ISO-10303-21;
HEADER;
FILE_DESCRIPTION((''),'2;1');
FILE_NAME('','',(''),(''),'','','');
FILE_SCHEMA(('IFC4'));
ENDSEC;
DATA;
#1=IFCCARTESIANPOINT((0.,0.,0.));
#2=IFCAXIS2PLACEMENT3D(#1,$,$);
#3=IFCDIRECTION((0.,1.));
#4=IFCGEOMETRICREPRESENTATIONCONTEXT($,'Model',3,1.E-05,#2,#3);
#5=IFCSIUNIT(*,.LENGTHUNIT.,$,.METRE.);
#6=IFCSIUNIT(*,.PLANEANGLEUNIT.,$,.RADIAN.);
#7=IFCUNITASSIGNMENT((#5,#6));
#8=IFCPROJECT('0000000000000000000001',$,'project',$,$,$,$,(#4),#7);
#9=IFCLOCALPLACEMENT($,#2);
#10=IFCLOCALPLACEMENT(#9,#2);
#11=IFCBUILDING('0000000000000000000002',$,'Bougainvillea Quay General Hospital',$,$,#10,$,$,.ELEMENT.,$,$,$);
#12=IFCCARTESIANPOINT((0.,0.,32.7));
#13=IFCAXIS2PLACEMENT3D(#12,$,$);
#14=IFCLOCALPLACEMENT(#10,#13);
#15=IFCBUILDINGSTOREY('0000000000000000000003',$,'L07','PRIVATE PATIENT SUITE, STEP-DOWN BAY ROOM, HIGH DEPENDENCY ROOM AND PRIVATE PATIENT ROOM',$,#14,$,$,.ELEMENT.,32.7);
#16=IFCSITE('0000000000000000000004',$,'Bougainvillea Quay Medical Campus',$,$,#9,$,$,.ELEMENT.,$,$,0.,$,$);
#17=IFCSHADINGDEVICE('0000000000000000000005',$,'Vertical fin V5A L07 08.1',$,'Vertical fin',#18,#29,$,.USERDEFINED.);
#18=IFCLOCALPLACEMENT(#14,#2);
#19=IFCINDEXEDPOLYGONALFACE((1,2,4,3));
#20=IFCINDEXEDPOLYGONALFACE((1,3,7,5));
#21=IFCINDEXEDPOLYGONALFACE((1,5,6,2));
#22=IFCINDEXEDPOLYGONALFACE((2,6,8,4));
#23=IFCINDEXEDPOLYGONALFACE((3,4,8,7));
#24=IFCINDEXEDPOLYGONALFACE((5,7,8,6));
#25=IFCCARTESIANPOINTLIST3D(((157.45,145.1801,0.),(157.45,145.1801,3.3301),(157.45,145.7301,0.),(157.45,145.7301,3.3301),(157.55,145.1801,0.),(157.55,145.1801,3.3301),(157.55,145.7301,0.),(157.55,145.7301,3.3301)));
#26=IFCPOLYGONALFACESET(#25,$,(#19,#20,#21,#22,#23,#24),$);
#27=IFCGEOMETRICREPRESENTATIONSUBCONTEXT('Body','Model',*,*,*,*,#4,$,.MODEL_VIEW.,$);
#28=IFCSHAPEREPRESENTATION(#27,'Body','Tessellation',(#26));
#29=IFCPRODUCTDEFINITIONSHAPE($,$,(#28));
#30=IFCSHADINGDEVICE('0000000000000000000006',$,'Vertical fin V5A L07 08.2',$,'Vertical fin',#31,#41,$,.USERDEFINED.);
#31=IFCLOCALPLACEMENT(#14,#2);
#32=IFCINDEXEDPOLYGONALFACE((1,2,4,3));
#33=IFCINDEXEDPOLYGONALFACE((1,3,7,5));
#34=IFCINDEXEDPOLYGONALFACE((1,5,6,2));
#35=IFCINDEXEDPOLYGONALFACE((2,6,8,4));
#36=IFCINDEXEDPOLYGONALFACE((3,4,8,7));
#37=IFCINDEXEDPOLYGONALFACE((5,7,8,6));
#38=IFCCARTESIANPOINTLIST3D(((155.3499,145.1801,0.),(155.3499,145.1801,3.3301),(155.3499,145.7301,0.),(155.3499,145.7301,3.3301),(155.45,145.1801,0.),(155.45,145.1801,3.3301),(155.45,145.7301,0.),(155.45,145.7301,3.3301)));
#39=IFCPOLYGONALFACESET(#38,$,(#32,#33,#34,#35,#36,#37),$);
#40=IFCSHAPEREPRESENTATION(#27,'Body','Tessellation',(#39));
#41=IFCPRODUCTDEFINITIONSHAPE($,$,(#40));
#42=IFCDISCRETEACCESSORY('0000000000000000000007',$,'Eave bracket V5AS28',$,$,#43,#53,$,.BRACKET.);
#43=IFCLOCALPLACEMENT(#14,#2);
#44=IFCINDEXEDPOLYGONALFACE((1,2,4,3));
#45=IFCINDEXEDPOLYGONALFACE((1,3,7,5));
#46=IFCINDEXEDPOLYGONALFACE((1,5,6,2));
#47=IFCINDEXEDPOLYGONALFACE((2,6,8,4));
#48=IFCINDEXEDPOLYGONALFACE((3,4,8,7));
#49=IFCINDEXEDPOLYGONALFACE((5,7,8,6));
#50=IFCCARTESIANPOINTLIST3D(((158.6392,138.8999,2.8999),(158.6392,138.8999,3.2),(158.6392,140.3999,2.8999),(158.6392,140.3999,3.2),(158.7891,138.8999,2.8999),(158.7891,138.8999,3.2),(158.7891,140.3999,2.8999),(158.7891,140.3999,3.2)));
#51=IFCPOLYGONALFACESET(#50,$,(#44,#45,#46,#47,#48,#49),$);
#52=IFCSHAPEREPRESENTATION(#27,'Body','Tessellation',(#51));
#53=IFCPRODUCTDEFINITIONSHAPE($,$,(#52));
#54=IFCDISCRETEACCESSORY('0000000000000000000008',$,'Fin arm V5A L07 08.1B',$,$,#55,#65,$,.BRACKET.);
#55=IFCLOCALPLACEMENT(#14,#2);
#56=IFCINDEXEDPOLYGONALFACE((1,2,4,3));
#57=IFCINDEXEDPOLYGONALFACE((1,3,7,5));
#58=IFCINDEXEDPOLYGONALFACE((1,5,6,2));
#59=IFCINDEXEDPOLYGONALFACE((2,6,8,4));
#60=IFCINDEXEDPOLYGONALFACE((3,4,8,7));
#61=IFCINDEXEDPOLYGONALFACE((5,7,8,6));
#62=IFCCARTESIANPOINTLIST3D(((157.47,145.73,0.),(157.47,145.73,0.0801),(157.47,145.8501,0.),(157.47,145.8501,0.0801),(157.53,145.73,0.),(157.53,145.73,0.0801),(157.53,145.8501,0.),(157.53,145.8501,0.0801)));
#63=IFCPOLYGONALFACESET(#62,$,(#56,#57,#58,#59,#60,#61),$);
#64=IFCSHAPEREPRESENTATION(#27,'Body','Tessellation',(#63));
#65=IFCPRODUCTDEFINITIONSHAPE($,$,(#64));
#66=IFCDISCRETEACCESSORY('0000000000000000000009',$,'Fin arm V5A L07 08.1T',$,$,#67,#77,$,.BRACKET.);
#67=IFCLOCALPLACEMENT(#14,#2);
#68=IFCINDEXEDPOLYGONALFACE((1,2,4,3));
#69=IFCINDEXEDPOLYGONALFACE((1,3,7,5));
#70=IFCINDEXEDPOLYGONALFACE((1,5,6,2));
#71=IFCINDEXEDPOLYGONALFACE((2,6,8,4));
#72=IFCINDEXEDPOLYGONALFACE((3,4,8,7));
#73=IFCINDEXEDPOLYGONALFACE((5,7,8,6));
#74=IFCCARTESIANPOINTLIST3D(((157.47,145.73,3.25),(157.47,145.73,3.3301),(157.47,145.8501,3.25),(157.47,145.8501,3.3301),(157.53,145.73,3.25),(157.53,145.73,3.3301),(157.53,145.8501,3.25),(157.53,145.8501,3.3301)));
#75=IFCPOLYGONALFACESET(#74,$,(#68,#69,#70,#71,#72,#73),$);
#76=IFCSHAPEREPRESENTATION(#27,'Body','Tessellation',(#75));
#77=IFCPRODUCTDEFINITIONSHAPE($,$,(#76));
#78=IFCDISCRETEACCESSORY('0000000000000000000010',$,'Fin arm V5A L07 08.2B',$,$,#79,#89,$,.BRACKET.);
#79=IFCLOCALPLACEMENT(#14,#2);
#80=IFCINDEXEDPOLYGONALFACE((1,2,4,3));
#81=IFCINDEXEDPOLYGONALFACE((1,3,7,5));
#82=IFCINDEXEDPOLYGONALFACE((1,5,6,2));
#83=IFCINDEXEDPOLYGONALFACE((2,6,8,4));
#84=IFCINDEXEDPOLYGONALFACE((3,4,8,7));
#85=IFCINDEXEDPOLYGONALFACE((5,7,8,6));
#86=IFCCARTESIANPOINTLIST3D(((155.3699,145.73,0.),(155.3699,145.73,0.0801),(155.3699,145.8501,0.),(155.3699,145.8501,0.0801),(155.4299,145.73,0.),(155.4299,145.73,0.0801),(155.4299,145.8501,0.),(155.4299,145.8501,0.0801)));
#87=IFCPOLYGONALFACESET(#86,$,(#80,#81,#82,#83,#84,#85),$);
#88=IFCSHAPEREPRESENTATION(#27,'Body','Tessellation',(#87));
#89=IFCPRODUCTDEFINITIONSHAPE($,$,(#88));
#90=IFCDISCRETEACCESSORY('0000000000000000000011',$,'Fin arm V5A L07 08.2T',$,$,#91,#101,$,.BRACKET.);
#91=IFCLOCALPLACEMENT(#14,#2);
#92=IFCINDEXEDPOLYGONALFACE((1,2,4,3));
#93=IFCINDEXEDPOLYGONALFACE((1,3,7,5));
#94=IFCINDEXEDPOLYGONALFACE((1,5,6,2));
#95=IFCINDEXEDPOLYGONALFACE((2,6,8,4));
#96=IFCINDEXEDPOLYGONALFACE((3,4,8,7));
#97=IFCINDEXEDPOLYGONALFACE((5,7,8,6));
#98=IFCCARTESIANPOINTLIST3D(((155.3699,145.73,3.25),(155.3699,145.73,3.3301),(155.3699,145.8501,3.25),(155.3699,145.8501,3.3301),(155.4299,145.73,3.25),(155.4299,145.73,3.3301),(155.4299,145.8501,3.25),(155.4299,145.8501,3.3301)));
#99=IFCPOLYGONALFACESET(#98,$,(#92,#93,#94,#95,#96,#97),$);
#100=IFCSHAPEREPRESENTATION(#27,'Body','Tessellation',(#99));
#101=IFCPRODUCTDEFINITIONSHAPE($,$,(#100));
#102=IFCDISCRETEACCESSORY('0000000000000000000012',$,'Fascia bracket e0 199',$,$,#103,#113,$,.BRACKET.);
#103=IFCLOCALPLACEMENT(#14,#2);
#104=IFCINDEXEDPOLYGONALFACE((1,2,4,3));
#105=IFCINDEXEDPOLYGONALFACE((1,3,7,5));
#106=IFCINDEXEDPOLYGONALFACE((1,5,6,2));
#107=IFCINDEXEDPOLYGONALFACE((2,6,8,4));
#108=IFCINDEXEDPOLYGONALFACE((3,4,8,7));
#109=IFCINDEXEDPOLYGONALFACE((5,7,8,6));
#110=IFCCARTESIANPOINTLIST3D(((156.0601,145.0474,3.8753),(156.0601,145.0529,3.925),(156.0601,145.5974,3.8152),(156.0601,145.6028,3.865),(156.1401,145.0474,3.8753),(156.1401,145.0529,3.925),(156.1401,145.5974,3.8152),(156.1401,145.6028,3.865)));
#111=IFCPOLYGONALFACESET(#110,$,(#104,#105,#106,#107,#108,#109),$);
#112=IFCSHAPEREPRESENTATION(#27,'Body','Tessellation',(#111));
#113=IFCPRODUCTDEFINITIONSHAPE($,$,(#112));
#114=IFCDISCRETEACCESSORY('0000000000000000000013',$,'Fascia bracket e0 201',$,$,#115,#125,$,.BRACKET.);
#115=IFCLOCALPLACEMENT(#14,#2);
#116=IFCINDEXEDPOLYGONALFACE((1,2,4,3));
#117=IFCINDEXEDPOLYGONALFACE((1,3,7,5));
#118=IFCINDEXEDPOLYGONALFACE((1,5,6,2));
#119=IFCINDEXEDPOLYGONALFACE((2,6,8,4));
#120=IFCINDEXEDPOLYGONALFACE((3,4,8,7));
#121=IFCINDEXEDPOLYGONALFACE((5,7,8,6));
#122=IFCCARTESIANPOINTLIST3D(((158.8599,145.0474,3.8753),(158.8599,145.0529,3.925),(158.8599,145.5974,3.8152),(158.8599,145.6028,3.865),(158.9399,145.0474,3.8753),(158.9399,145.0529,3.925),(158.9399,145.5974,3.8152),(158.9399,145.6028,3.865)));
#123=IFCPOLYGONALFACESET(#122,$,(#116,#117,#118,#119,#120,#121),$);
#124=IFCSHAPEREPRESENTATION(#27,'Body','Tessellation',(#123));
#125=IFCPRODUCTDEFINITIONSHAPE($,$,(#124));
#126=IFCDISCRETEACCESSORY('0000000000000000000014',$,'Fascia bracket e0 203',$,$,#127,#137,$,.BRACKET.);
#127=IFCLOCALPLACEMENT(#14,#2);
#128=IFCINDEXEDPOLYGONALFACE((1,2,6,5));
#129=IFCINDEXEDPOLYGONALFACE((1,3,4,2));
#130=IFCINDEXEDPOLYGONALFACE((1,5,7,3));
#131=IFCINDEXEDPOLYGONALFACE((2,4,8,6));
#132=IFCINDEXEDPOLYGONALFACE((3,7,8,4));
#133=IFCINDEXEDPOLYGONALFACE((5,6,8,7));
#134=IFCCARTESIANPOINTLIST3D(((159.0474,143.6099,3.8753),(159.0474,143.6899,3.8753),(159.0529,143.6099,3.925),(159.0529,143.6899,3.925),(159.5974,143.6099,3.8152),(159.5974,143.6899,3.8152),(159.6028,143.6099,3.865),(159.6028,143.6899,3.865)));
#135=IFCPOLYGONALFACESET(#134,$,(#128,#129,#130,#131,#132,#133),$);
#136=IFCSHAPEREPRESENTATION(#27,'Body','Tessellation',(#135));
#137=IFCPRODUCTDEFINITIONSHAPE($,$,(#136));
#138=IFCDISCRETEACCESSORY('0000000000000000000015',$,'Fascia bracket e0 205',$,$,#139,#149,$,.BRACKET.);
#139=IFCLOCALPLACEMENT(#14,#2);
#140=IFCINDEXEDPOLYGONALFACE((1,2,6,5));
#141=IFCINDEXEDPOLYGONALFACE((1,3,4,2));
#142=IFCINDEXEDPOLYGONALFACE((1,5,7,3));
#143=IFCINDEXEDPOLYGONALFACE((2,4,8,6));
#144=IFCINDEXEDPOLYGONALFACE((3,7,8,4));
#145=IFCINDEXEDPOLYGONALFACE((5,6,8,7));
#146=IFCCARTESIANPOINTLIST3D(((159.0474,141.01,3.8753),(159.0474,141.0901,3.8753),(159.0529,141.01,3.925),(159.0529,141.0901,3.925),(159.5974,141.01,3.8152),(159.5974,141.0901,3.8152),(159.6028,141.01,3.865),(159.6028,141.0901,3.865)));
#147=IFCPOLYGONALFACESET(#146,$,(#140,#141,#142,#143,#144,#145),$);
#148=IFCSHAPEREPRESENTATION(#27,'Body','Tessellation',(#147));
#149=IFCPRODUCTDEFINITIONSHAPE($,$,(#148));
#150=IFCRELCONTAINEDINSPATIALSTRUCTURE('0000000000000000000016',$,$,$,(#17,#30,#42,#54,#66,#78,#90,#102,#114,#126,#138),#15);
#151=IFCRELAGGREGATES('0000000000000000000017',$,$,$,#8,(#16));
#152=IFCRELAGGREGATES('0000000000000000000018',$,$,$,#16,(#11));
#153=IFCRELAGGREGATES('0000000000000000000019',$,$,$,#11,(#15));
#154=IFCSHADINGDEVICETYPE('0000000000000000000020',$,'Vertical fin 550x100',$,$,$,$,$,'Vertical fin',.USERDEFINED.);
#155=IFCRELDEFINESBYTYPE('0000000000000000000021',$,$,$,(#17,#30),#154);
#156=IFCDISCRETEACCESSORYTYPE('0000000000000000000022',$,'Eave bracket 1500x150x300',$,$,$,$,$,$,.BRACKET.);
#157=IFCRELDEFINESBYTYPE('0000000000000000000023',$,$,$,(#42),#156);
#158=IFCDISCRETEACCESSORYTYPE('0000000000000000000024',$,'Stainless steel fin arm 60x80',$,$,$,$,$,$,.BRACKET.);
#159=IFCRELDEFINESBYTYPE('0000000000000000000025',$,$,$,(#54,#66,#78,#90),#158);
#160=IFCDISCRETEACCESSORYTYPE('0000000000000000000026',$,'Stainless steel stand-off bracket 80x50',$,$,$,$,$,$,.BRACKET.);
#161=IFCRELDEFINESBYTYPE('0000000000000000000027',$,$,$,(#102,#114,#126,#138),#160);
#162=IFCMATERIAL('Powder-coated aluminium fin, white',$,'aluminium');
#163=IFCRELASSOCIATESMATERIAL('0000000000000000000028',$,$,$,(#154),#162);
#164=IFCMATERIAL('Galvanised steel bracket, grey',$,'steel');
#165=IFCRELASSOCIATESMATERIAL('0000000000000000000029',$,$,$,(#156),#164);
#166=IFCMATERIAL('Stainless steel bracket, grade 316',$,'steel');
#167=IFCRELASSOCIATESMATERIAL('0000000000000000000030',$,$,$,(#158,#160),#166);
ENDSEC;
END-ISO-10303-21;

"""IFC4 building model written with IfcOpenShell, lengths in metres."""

from ifc_helpers import new_model, si_unit, direction, frame, origin, origin_2d, place, context, subcontext, project, spatial, rectangle, extrude, material, material_profile, profile_set, type_object, element, save


model = new_model("IFC4")

# Units and contexts
model_context = context("Model", 3, precision=1e-05, world=origin(), true_north=direction((0.0, 1.0)))
body_context = subcontext(model_context, "Body", "Model", "MODEL_VIEW")
ifc_project = project(units=[si_unit("LENGTHUNIT", "METRE"), si_unit("PLANEANGLEUNIT", "RADIAN")], contexts=[model_context])

# Site, building, storey
site_placement = place(None, origin())
site = spatial("IfcSite", under=ifc_project, at=site_placement, Name="Bougainvillea Quay Medical Campus", CompositionType="ELEMENT", RefElevation=0.0)
building_placement = place(site_placement, origin())
building = spatial("IfcBuilding", under=site, at=building_placement, Name="Bougainvillea Quay General Hospital", CompositionType="ELEMENT")
storey_placement = place(building_placement, frame((0.0, 0.0, 32.7)))
storey = spatial("IfcBuildingStorey", under=building, at=storey_placement, Name="L07", Description="PRIVATE PATIENT SUITE, STEP-DOWN BAY ROOM, HIGH DEPENDENCY ROOM AND PRIVATE PATIENT ROOM", CompositionType="ELEMENT", Elevation=32.7)

# Shading devices
ifc_material_1 = material(Name="Powder-coated aluminium fin, white", Category="aluminium")
ifc_material_profile_1 = material_profile(ifc_material_1, rectangle(XDim=0.55, YDim=0.1001, at=origin_2d()))
ifc_profile_set_1 = profile_set([ifc_material_profile_1], Name="Powder-coated aluminium fin, white")
shading_device_type = type_object("IfcShadingDeviceType", Name="Vertical fin 550x100", ElementType="Vertical fin", PredefinedType="USERDEFINED", material=ifc_profile_set_1)
for number, where, z_axis, x_axis, name in (
    (1, (157.5, 145.4551, 0.0), (0.0, 0.0, 1.0), (0.0, -1.0, 0.0), "Vertical fin V5A L07 08.1"),
    (2, (155.3999, 145.4551, 0.0), (0.0, 0.0, 1.0), (0.0, -1.0, 0.0), "Vertical fin V5A L07 08.2"),
):
    element("IfcShadingDevice", number, at=place(storey_placement, frame(where, z_axis=z_axis, x_axis=x_axis)), inside=storey, type_object=shading_device_type, Name=name, ObjectType="Vertical fin", PredefinedType="USERDEFINED", context=body_context, shape_type="SweptSolid", body=[
        extrude(rectangle(XDim=0.55, YDim=0.1001, at=origin_2d()), origin(), (0.0, 0.0, 1.0), 3.3301),
    ])

# Discrete accessories
ifc_material_2 = material(Name="Galvanised steel bracket, grey", Category="steel")
discrete_accessory_type_1 = type_object("IfcDiscreteAccessoryType", Name="Eave bracket 1500x150x300", PredefinedType="BRACKET", material=ifc_material_2)
discrete_accessory_placement = place(storey_placement, frame((158.7141, 139.6499, 2.8999), z_axis=(0.0, 0.0, 1.0), x_axis=(1.0, 0.0, 0.0)))
element("IfcDiscreteAccessory", 3, at=discrete_accessory_placement, inside=storey, type_object=discrete_accessory_type_1, Name="Eave bracket V5AS28", PredefinedType="BRACKET", context=body_context, shape_type="SweptSolid", body=[
    extrude(rectangle(XDim=0.1499, YDim=1.5, at=origin_2d()), origin(), (0.0, 0.0, 1.0), 0.3),
])
ifc_material_3 = material(Name="Stainless steel bracket, grade 316", Category="steel")
discrete_accessory_type_2 = type_object("IfcDiscreteAccessoryType", Name="Stainless steel fin arm 60x80", PredefinedType="BRACKET", material=ifc_material_3)
for number, where, z_axis, x_axis, name in (
    (4, (157.5, 145.79, 0.0), (0.0, 0.0, 1.0), (0.0, -1.0, 0.0), "Fin arm V5A L07 08.1B"),
    (5, (157.5, 145.79, 3.25), (0.0, 0.0, 1.0), (0.0, -1.0, 0.0), "Fin arm V5A L07 08.1T"),
    (6, (155.3999, 145.79, 0.0), (0.0, 0.0, 1.0), (0.0, -1.0, 0.0), "Fin arm V5A L07 08.2B"),
    (7, (155.3999, 145.79, 3.25), (0.0, 0.0, 1.0), (0.0, -1.0, 0.0), "Fin arm V5A L07 08.2T"),
):
    element("IfcDiscreteAccessory", number, at=place(storey_placement, frame(where, z_axis=z_axis, x_axis=x_axis)), inside=storey, type_object=discrete_accessory_type_2, Name=name, PredefinedType="BRACKET", context=body_context, shape_type="SweptSolid", body=[
        extrude(rectangle(XDim=0.1201, YDim=0.0601, at=origin_2d()), origin(), (0.0, 0.0, 1.0), 0.0801),
    ])
ifc_material_profile_2 = material_profile(ifc_material_3, rectangle(XDim=0.0801, YDim=0.05, at=origin_2d()))
ifc_profile_set_2 = profile_set([ifc_material_profile_2], Name="Stainless steel bracket, grade 316")
discrete_accessory_type_3 = type_object("IfcDiscreteAccessoryType", Name="Stainless steel stand-off bracket 80x50", PredefinedType="BRACKET", material=ifc_profile_set_2)
for number, where, z_axis, x_axis, name in (
    (8, (156.1001, 145.6001, 3.8401), (0.0, -0.994092, 0.108543), (1.0, 0.0, 0.0), "Fascia bracket e0 199"),
    (9, (158.8999, 145.6001, 3.8401), (0.0, -0.994092, 0.108543), (1.0, 0.0, 0.0), "Fascia bracket e0 201"),
    (10, (159.6001, 143.6499, 3.8401), (-0.994092, 0.0, 0.108543), (0.0, -1.0, 0.0), "Fascia bracket e0 203"),
    (11, (159.6001, 141.05, 3.8401), (-0.994092, 0.0, 0.108543), (0.0, -1.0, 0.0), "Fascia bracket e0 205"),
):
    element("IfcDiscreteAccessory", number, at=place(storey_placement, frame(where, z_axis=z_axis, x_axis=x_axis)), inside=storey, type_object=discrete_accessory_type_3, Name=name, PredefinedType="BRACKET", context=body_context, shape_type="SweptSolid", body=[
        extrude(rectangle(XDim=0.0801, YDim=0.05, at=origin_2d()), origin(), (0.0, 0.0, 1.0), 0.5532),
    ])

save(model, "model.ifc")
